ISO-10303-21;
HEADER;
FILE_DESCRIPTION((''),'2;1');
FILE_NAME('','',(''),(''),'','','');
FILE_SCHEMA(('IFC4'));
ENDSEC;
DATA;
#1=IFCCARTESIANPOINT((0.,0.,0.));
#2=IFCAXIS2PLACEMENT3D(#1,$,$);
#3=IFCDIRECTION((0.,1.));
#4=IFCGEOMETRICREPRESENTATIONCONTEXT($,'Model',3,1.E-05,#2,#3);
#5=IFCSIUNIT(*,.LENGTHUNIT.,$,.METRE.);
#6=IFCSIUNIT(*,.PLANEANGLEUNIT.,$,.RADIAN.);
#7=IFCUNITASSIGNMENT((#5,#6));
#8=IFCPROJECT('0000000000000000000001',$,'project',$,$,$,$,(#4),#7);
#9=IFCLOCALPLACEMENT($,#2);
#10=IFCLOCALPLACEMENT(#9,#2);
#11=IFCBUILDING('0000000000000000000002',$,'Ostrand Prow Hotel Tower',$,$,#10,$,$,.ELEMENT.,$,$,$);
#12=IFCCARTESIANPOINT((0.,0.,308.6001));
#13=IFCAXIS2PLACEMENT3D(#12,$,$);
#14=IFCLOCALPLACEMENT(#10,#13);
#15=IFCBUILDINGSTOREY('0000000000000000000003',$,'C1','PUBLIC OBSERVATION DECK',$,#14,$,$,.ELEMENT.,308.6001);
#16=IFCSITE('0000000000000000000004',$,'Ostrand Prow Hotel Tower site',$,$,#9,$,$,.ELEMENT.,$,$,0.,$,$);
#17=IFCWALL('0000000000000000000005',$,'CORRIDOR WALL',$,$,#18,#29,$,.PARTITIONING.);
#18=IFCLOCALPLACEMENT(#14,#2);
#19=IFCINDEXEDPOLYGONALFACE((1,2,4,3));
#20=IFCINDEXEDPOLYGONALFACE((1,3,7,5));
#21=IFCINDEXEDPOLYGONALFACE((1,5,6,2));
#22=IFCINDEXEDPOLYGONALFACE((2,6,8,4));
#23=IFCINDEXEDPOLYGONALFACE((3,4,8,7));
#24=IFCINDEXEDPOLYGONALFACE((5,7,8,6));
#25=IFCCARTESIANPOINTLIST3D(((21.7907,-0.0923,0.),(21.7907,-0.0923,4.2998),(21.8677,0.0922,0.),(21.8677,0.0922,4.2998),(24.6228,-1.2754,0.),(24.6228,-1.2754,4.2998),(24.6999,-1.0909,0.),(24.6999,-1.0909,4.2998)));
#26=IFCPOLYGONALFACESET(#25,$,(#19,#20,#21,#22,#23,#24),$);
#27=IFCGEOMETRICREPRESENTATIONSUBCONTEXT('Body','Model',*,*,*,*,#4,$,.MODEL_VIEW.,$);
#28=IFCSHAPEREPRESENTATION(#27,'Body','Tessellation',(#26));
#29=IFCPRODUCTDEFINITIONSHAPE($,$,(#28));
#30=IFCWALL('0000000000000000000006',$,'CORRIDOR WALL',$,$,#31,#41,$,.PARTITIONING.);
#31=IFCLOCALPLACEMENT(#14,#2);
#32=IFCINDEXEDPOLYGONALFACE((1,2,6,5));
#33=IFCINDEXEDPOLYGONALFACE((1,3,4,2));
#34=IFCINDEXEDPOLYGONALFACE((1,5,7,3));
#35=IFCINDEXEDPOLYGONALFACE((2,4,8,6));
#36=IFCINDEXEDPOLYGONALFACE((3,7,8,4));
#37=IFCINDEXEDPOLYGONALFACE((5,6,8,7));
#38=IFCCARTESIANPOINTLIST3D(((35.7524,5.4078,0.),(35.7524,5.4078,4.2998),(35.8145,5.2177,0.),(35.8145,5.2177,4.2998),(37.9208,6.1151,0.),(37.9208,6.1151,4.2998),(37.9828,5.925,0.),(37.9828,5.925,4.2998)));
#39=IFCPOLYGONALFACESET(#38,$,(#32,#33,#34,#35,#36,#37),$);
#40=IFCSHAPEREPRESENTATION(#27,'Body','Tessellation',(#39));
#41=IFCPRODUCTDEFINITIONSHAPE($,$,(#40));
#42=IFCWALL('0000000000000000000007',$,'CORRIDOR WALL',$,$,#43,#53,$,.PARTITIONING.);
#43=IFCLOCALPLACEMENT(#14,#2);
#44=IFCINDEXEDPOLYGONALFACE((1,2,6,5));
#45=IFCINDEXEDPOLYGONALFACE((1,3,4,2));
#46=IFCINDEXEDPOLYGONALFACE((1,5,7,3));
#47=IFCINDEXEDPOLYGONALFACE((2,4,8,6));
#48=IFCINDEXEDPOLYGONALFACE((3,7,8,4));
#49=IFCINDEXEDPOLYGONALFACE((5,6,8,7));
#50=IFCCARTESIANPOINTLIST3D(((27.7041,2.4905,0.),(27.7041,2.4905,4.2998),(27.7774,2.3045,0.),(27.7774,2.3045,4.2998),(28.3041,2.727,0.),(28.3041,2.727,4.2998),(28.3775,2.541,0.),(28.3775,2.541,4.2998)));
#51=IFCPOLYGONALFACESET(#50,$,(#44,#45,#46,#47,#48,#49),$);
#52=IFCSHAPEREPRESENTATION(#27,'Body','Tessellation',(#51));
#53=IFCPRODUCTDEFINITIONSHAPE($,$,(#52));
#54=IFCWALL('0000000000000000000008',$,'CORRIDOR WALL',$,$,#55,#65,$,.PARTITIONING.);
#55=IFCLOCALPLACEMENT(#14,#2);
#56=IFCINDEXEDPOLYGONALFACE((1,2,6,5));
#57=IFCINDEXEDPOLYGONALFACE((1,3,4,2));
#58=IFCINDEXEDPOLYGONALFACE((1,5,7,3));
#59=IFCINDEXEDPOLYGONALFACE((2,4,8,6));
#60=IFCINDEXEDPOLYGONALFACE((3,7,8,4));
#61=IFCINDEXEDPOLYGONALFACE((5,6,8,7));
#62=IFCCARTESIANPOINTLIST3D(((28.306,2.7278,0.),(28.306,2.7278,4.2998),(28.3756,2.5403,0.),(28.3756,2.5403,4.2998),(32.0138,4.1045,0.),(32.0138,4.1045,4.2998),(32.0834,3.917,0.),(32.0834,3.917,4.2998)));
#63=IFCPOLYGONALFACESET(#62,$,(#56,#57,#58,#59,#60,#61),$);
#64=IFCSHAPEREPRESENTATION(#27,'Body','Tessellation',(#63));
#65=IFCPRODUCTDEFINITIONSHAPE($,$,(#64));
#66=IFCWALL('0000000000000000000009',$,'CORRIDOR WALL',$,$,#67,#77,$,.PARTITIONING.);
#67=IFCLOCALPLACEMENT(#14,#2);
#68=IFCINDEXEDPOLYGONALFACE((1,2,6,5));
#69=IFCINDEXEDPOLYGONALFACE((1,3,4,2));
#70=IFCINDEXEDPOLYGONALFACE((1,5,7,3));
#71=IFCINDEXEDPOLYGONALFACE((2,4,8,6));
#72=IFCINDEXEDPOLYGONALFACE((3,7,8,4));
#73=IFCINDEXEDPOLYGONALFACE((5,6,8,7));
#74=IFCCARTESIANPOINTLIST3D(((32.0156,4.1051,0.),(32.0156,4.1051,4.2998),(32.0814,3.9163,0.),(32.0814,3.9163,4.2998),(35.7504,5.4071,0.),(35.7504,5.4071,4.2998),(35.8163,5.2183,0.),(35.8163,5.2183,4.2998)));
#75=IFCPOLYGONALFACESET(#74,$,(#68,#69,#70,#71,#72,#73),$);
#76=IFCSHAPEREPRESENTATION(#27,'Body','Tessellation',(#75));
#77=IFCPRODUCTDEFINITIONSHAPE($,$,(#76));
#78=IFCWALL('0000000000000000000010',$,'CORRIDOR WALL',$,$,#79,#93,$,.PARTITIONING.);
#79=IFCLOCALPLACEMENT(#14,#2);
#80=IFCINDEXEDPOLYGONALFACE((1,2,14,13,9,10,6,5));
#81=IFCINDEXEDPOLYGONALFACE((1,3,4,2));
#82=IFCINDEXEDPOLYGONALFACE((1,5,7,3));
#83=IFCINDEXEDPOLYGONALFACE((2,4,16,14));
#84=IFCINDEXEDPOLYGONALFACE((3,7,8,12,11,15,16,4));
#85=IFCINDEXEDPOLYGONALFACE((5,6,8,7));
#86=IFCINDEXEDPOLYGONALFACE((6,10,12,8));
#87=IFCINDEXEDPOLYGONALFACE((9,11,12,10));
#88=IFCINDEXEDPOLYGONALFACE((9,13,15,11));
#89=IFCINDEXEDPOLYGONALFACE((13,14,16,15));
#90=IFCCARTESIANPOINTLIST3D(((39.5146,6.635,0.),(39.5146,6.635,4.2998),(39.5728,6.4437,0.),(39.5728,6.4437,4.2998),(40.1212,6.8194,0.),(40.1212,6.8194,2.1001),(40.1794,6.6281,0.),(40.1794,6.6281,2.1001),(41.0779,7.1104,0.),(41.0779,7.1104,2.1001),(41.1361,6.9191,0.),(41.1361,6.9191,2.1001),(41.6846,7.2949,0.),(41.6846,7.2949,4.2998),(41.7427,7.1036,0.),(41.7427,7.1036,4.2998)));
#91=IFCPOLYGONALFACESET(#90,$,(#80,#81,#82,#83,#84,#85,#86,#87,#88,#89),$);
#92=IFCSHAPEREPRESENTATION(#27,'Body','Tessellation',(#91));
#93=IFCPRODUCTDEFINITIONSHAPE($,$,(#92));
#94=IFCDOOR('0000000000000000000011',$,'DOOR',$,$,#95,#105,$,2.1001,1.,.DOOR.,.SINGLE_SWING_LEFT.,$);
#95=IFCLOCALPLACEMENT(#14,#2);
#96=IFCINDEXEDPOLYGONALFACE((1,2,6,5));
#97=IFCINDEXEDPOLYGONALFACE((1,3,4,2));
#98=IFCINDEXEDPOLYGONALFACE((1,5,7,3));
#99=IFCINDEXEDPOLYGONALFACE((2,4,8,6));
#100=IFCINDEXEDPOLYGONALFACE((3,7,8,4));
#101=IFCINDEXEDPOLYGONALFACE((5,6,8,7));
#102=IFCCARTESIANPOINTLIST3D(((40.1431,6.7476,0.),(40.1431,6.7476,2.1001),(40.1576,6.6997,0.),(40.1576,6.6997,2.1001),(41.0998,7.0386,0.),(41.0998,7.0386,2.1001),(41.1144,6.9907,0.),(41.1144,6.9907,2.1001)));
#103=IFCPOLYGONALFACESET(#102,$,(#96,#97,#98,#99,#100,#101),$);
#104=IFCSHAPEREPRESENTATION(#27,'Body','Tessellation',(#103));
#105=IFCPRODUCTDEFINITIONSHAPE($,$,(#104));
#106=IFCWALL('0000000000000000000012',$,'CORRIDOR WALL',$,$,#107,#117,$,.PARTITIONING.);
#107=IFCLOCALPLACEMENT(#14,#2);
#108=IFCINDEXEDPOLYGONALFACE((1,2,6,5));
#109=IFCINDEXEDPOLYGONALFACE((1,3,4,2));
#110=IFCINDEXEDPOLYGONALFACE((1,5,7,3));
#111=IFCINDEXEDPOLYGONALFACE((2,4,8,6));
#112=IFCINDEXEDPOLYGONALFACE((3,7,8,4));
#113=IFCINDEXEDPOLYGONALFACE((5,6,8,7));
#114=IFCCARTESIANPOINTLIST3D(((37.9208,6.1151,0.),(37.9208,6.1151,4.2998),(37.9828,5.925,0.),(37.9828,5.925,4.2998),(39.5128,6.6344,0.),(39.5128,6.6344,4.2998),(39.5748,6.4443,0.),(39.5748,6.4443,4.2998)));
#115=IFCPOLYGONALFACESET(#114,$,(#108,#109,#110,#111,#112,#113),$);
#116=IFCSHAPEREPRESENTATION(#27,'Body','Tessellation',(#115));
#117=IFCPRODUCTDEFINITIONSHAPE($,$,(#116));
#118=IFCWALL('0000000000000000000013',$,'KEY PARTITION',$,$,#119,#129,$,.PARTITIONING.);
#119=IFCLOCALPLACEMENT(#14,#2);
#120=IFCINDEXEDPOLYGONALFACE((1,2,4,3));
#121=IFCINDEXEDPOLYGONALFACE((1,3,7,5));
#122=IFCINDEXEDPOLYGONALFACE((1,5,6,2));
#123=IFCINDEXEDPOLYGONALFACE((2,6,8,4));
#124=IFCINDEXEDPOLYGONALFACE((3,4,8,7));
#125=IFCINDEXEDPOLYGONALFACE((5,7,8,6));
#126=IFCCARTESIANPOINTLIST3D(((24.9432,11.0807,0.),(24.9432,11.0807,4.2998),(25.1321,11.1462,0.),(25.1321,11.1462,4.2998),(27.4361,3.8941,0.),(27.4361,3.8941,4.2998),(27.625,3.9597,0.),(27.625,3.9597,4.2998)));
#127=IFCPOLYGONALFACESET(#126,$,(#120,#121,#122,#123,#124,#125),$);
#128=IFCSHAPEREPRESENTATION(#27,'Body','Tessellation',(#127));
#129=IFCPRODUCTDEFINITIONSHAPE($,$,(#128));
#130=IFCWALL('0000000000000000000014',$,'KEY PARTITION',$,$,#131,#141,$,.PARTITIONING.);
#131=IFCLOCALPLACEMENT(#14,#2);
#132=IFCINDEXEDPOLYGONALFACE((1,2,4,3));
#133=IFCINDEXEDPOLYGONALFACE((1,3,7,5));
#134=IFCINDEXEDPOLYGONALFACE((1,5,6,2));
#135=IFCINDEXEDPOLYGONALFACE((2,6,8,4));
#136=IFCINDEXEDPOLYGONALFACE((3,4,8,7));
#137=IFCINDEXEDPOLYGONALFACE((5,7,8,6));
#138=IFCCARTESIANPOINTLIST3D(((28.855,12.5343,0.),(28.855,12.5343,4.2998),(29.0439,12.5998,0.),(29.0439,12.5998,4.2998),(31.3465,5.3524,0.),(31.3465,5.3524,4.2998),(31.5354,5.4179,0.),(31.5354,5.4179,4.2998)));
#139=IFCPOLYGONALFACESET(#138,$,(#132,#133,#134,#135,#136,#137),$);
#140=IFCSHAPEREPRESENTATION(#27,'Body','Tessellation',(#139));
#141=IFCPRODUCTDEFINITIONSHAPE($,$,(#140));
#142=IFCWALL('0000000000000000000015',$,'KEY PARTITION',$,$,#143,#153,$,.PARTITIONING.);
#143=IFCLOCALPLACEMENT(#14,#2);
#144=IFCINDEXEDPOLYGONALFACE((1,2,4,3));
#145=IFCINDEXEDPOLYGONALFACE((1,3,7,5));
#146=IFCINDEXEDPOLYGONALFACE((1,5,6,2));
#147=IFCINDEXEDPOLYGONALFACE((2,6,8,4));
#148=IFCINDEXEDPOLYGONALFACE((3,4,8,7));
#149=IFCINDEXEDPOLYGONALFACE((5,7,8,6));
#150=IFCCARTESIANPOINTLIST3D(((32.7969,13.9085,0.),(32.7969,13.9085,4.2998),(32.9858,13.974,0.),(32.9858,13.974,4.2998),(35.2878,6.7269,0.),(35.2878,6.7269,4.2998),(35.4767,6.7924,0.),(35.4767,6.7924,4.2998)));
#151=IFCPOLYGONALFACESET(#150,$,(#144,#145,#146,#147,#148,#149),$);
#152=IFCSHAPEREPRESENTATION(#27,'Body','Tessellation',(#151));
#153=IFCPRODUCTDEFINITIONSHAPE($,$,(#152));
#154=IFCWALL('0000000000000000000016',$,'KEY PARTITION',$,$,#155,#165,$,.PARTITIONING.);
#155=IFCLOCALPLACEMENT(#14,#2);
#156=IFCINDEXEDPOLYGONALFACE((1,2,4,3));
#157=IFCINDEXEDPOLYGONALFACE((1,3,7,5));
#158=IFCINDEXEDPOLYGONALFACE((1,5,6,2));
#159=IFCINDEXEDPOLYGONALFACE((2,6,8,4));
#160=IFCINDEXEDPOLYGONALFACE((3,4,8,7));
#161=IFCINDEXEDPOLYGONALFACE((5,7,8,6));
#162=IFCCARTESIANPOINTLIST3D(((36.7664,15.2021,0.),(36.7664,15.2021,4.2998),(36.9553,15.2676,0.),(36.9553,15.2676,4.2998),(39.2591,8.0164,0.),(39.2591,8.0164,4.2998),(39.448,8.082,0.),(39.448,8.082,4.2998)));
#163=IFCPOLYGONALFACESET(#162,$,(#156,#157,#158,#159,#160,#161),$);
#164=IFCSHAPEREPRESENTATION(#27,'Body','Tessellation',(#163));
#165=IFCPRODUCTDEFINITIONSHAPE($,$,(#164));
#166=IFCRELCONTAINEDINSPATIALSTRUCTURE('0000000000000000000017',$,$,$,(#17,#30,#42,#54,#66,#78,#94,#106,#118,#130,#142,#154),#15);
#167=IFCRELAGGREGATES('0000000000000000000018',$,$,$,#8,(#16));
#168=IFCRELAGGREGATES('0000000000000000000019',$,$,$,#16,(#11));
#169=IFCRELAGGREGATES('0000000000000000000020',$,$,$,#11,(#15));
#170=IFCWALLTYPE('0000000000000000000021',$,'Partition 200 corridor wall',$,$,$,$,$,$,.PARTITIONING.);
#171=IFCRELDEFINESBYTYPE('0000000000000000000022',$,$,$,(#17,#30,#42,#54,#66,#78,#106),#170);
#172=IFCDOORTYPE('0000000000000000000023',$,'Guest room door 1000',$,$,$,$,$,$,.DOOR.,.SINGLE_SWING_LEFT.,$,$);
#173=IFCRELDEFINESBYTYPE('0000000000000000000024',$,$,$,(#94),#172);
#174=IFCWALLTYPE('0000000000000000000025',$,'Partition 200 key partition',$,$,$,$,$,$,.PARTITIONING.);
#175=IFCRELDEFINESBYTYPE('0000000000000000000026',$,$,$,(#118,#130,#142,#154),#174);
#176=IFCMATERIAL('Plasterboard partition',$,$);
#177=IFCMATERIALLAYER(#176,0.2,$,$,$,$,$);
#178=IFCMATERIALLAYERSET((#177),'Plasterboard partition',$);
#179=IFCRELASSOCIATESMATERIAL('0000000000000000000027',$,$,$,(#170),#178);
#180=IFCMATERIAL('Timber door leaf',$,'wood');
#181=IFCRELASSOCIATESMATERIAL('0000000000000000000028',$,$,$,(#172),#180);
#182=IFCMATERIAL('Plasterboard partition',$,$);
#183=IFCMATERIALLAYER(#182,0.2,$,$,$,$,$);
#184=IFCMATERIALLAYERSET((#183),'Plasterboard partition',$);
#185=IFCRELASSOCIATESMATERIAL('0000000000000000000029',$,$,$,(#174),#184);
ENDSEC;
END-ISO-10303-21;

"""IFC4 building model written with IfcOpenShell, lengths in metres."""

from ifc_helpers import new_model, si_unit, direction, frame, frame_2d, origin, place, context, subcontext, project, spatial, rectangle, extrude, material, layer, layer_set, type_object, element, fill, save


model = new_model("IFC4")

# Units and contexts
model_context = context("Model", 3, precision=1e-05, world=origin(), true_north=direction((0.0, 1.0)))
body_context = subcontext(model_context, "Body", "Model", "MODEL_VIEW")
ifc_project = project(units=[si_unit("LENGTHUNIT", "METRE"), si_unit("PLANEANGLEUNIT", "RADIAN")], contexts=[model_context])

# Site, building, storey
site_placement = place(None, origin())
site = spatial("IfcSite", under=ifc_project, at=site_placement, Name="Ostrand Prow Hotel Tower site", CompositionType="ELEMENT", RefElevation=0.0)
building_placement = place(site_placement, origin())
building = spatial("IfcBuilding", under=site, at=building_placement, Name="Ostrand Prow Hotel Tower", CompositionType="ELEMENT")
storey_placement = place(building_placement, frame((0.0, 0.0, 308.6001)))
storey = spatial("IfcBuildingStorey", under=building, at=storey_placement, Name="C1", Description="PUBLIC OBSERVATION DECK", CompositionType="ELEMENT", Elevation=308.6001)

# Shared definitions
ifc_material_1 = material(Name="Plasterboard partition")
ifc_layer_1 = layer(ifc_material_1, 0.2)
ifc_layer_set_1 = layer_set([ifc_layer_1], Name="Plasterboard partition")
wall_type_1 = type_object("IfcWallType", Name="Partition 200 corridor wall", PredefinedType="PARTITIONING", material=ifc_layer_set_1)
ifc_material_2 = material(Name="Timber door leaf", Category="wood")
door_type_1 = type_object("IfcDoorType", Name="Guest room door 1000", OperationType="SINGLE_SWING_LEFT", PredefinedType="DOOR", material=ifc_material_2)

# Walls
wall_1_placement = place(storey_placement, frame((24.6614, -1.1831, 0.0), z_axis=(0.0, 0.0, 1.0), x_axis=(-0.922731, 0.385445, 0.0)))
element("IfcWall", 1, at=wall_1_placement, inside=storey, type_object=wall_type_1, Name="CORRIDOR WALL", PredefinedType="PARTITIONING", context=body_context, shape_type="SweptSolid", body=[
    extrude(rectangle(XDim=3.0693, YDim=0.2, at=frame_2d((1.5347, 0.0))), origin(), (0.0, 0.0, 1.0), 4.2998),
])
wall_2_placement = place(storey_placement, frame((35.7834, 5.3127, 0.0), z_axis=(0.0, 0.0, 1.0), x_axis=(0.950698, 0.310119, 0.0)))
element("IfcWall", 2, at=wall_2_placement, inside=storey, type_object=wall_type_1, Name="CORRIDOR WALL", PredefinedType="PARTITIONING", context=body_context, shape_type="SweptSolid", body=[
    extrude(rectangle(XDim=2.2808, YDim=0.2, at=frame_2d((1.1404, 0.0))), origin(), (0.0, 0.0, 1.0), 4.2998),
])
wall_3_placement = place(storey_placement, frame((27.7407, 2.3975, 0.0), z_axis=(0.0, 0.0, 1.0), x_axis=(0.930318, 0.366753, 0.0)))
element("IfcWall", 3, at=wall_3_placement, inside=storey, type_object=wall_type_1, Name="CORRIDOR WALL", PredefinedType="PARTITIONING", context=body_context, shape_type="SweptSolid", body=[
    extrude(rectangle(XDim=0.645, YDim=0.2, at=frame_2d((0.3225, 0.0))), origin(), (0.0, 0.0, 1.0), 4.2998),
])
wall_4_placement = place(storey_placement, frame((28.3408, 2.634, 0.0), z_axis=(0.0, 0.0, 1.0), x_axis=(0.937463, 0.348084, 0.0)))
element("IfcWall", 4, at=wall_4_placement, inside=storey, type_object=wall_type_1, Name="CORRIDOR WALL", PredefinedType="PARTITIONING", context=body_context, shape_type="SweptSolid", body=[
    extrude(rectangle(XDim=3.9551, YDim=0.2, at=frame_2d((1.9775, 0.0))), origin(), (0.0, 0.0, 1.0), 4.2998),
])
wall_5_placement = place(storey_placement, frame((32.0486, 4.0107, 0.0), z_axis=(0.0, 0.0, 1.0), x_axis=(0.944268, 0.329179, 0.0)))
element("IfcWall", 5, at=wall_5_placement, inside=storey, type_object=wall_type_1, Name="CORRIDOR WALL", PredefinedType="PARTITIONING", context=body_context, shape_type="SweptSolid", body=[
    extrude(rectangle(XDim=3.9553, YDim=0.2, at=frame_2d((1.9775, 0.0))), origin(), (0.0, 0.0, 1.0), 4.2998),
])

# Wall, opening, door
wall_6_placement = place(storey_placement, frame((39.5437, 6.5393, 0.0), z_axis=(0.0, 0.0, 1.0), x_axis=(0.956735, 0.29096, 0.0)))
wall_6 = element("IfcWall", 6, at=wall_6_placement, inside=storey, type_object=wall_type_1, Name="CORRIDOR WALL", PredefinedType="PARTITIONING", context=body_context, shape_type="SweptSolid", body=[
    extrude(rectangle(XDim=2.2681, YDim=0.2, at=frame_2d((1.134, 0.0))), origin(), (0.0, 0.0, 1.0), 4.2998),
])
opening_1_placement = place(wall_6_placement, frame((0.634, 0.0, 0.0)))
opening_1 = element("IfcOpeningElement", 7, at=opening_1_placement, cuts=wall_6, PredefinedType="OPENING", context=body_context, shape_type="SweptSolid", body=[
    extrude(rectangle(XDim=1.0, YDim=2.1001, at=frame_2d((0.5, 1.05))), frame((0.0, 0.1099, 0.0), z_axis=(0.0, -1.0, 0.0), x_axis=(1.0, 0.0, 0.0)), (0.0, 0.0, 1.0), 0.22),
])
door_1_placement = place(opening_1_placement, origin())
door_1 = element("IfcDoor", 8, at=door_1_placement, inside=storey, type_object=door_type_1, Name="DOOR", OperationType="SINGLE_SWING_LEFT", OverallHeight=2.1001, OverallWidth=1.0, PredefinedType="DOOR", context=body_context, shape_type="SweptSolid", body=[
    extrude(rectangle(XDim=1.0, YDim=2.1001, at=frame_2d((0.5, 1.05))), frame((0.0, 0.0249, 0.0), z_axis=(0.0, -1.0, 0.0), x_axis=(1.0, 0.0, 0.0)), (0.0, 0.0, 1.0), 0.05),
])
fill(opening_1, door_1)

# Walls
wall_7_placement = place(storey_placement, frame((37.9517, 6.02, 0.0), z_axis=(0.0, 0.0, 1.0), x_axis=(0.950705, 0.310098, 0.0)))
element("IfcWall", 9, at=wall_7_placement, inside=storey, type_object=wall_type_1, Name="CORRIDOR WALL", PredefinedType="PARTITIONING", context=body_context, shape_type="SweptSolid", body=[
    extrude(rectangle(XDim=1.6746, YDim=0.2, at=frame_2d((0.8374, 0.0))), origin(), (0.0, 0.0, 1.0), 4.2998),
])
ifc_material_3 = material(Name="Plasterboard partition")
ifc_layer_2 = layer(ifc_material_3, 0.2)
ifc_layer_set_2 = layer_set([ifc_layer_2], Name="Plasterboard partition")
wall_type_2 = type_object("IfcWallType", Name="Partition 200 key partition", PredefinedType="PARTITIONING", material=ifc_layer_set_2)
wall_8_placement = place(storey_placement, frame((27.5305, 3.927, 0.0), z_axis=(0.0, 0.0, 1.0), x_axis=(-0.32773, 0.944771, 0.0)))
element("IfcWall", 10, at=wall_8_placement, inside=storey, type_object=wall_type_2, Name="KEY PARTITION", PredefinedType="PARTITIONING", context=body_context, shape_type="SweptSolid", body=[
    extrude(rectangle(XDim=7.6067, YDim=0.2, at=frame_2d((3.8032, 0.0))), origin(), (0.0, 0.0, 1.0), 4.2998),
])
wall_9_placement = place(storey_placement, frame((31.4409, 5.3853, 0.0), z_axis=(0.0, 0.0, 1.0), x_axis=(-0.327747, 0.944766, 0.0)))
element("IfcWall", 11, at=wall_9_placement, inside=storey, type_object=wall_type_2, Name="KEY PARTITION", PredefinedType="PARTITIONING", context=body_context, shape_type="SweptSolid", body=[
    extrude(rectangle(XDim=7.6018, YDim=0.2, at=frame_2d((3.8008, 0.0))), origin(), (0.0, 0.0, 1.0), 4.2998),
])
wall_10_placement = place(storey_placement, frame((35.3823, 6.7595, 0.0), z_axis=(0.0, 0.0, 1.0), x_axis=(-0.3277, 0.944782, 0.0)))
element("IfcWall", 12, at=wall_10_placement, inside=storey, type_object=wall_type_2, Name="KEY PARTITION", PredefinedType="PARTITIONING", context=body_context, shape_type="SweptSolid", body=[
    extrude(rectangle(XDim=7.6013, YDim=0.2, at=frame_2d((3.8008, 0.0))), origin(), (0.0, 0.0, 1.0), 4.2998),
])
wall_11_placement = place(storey_placement, frame((39.3535, 8.0493, 0.0), z_axis=(0.0, 0.0, 1.0), x_axis=(-0.327741, 0.944768, 0.0)))
element("IfcWall", 13, at=wall_11_placement, inside=storey, type_object=wall_type_2, Name="KEY PARTITION", PredefinedType="PARTITIONING", context=body_context, shape_type="SweptSolid", body=[
    extrude(rectangle(XDim=7.6057, YDim=0.2, at=frame_2d((3.8027, 0.0))), origin(), (0.0, 0.0, 1.0), 4.2998),
])

save(model, "model.ifc")
